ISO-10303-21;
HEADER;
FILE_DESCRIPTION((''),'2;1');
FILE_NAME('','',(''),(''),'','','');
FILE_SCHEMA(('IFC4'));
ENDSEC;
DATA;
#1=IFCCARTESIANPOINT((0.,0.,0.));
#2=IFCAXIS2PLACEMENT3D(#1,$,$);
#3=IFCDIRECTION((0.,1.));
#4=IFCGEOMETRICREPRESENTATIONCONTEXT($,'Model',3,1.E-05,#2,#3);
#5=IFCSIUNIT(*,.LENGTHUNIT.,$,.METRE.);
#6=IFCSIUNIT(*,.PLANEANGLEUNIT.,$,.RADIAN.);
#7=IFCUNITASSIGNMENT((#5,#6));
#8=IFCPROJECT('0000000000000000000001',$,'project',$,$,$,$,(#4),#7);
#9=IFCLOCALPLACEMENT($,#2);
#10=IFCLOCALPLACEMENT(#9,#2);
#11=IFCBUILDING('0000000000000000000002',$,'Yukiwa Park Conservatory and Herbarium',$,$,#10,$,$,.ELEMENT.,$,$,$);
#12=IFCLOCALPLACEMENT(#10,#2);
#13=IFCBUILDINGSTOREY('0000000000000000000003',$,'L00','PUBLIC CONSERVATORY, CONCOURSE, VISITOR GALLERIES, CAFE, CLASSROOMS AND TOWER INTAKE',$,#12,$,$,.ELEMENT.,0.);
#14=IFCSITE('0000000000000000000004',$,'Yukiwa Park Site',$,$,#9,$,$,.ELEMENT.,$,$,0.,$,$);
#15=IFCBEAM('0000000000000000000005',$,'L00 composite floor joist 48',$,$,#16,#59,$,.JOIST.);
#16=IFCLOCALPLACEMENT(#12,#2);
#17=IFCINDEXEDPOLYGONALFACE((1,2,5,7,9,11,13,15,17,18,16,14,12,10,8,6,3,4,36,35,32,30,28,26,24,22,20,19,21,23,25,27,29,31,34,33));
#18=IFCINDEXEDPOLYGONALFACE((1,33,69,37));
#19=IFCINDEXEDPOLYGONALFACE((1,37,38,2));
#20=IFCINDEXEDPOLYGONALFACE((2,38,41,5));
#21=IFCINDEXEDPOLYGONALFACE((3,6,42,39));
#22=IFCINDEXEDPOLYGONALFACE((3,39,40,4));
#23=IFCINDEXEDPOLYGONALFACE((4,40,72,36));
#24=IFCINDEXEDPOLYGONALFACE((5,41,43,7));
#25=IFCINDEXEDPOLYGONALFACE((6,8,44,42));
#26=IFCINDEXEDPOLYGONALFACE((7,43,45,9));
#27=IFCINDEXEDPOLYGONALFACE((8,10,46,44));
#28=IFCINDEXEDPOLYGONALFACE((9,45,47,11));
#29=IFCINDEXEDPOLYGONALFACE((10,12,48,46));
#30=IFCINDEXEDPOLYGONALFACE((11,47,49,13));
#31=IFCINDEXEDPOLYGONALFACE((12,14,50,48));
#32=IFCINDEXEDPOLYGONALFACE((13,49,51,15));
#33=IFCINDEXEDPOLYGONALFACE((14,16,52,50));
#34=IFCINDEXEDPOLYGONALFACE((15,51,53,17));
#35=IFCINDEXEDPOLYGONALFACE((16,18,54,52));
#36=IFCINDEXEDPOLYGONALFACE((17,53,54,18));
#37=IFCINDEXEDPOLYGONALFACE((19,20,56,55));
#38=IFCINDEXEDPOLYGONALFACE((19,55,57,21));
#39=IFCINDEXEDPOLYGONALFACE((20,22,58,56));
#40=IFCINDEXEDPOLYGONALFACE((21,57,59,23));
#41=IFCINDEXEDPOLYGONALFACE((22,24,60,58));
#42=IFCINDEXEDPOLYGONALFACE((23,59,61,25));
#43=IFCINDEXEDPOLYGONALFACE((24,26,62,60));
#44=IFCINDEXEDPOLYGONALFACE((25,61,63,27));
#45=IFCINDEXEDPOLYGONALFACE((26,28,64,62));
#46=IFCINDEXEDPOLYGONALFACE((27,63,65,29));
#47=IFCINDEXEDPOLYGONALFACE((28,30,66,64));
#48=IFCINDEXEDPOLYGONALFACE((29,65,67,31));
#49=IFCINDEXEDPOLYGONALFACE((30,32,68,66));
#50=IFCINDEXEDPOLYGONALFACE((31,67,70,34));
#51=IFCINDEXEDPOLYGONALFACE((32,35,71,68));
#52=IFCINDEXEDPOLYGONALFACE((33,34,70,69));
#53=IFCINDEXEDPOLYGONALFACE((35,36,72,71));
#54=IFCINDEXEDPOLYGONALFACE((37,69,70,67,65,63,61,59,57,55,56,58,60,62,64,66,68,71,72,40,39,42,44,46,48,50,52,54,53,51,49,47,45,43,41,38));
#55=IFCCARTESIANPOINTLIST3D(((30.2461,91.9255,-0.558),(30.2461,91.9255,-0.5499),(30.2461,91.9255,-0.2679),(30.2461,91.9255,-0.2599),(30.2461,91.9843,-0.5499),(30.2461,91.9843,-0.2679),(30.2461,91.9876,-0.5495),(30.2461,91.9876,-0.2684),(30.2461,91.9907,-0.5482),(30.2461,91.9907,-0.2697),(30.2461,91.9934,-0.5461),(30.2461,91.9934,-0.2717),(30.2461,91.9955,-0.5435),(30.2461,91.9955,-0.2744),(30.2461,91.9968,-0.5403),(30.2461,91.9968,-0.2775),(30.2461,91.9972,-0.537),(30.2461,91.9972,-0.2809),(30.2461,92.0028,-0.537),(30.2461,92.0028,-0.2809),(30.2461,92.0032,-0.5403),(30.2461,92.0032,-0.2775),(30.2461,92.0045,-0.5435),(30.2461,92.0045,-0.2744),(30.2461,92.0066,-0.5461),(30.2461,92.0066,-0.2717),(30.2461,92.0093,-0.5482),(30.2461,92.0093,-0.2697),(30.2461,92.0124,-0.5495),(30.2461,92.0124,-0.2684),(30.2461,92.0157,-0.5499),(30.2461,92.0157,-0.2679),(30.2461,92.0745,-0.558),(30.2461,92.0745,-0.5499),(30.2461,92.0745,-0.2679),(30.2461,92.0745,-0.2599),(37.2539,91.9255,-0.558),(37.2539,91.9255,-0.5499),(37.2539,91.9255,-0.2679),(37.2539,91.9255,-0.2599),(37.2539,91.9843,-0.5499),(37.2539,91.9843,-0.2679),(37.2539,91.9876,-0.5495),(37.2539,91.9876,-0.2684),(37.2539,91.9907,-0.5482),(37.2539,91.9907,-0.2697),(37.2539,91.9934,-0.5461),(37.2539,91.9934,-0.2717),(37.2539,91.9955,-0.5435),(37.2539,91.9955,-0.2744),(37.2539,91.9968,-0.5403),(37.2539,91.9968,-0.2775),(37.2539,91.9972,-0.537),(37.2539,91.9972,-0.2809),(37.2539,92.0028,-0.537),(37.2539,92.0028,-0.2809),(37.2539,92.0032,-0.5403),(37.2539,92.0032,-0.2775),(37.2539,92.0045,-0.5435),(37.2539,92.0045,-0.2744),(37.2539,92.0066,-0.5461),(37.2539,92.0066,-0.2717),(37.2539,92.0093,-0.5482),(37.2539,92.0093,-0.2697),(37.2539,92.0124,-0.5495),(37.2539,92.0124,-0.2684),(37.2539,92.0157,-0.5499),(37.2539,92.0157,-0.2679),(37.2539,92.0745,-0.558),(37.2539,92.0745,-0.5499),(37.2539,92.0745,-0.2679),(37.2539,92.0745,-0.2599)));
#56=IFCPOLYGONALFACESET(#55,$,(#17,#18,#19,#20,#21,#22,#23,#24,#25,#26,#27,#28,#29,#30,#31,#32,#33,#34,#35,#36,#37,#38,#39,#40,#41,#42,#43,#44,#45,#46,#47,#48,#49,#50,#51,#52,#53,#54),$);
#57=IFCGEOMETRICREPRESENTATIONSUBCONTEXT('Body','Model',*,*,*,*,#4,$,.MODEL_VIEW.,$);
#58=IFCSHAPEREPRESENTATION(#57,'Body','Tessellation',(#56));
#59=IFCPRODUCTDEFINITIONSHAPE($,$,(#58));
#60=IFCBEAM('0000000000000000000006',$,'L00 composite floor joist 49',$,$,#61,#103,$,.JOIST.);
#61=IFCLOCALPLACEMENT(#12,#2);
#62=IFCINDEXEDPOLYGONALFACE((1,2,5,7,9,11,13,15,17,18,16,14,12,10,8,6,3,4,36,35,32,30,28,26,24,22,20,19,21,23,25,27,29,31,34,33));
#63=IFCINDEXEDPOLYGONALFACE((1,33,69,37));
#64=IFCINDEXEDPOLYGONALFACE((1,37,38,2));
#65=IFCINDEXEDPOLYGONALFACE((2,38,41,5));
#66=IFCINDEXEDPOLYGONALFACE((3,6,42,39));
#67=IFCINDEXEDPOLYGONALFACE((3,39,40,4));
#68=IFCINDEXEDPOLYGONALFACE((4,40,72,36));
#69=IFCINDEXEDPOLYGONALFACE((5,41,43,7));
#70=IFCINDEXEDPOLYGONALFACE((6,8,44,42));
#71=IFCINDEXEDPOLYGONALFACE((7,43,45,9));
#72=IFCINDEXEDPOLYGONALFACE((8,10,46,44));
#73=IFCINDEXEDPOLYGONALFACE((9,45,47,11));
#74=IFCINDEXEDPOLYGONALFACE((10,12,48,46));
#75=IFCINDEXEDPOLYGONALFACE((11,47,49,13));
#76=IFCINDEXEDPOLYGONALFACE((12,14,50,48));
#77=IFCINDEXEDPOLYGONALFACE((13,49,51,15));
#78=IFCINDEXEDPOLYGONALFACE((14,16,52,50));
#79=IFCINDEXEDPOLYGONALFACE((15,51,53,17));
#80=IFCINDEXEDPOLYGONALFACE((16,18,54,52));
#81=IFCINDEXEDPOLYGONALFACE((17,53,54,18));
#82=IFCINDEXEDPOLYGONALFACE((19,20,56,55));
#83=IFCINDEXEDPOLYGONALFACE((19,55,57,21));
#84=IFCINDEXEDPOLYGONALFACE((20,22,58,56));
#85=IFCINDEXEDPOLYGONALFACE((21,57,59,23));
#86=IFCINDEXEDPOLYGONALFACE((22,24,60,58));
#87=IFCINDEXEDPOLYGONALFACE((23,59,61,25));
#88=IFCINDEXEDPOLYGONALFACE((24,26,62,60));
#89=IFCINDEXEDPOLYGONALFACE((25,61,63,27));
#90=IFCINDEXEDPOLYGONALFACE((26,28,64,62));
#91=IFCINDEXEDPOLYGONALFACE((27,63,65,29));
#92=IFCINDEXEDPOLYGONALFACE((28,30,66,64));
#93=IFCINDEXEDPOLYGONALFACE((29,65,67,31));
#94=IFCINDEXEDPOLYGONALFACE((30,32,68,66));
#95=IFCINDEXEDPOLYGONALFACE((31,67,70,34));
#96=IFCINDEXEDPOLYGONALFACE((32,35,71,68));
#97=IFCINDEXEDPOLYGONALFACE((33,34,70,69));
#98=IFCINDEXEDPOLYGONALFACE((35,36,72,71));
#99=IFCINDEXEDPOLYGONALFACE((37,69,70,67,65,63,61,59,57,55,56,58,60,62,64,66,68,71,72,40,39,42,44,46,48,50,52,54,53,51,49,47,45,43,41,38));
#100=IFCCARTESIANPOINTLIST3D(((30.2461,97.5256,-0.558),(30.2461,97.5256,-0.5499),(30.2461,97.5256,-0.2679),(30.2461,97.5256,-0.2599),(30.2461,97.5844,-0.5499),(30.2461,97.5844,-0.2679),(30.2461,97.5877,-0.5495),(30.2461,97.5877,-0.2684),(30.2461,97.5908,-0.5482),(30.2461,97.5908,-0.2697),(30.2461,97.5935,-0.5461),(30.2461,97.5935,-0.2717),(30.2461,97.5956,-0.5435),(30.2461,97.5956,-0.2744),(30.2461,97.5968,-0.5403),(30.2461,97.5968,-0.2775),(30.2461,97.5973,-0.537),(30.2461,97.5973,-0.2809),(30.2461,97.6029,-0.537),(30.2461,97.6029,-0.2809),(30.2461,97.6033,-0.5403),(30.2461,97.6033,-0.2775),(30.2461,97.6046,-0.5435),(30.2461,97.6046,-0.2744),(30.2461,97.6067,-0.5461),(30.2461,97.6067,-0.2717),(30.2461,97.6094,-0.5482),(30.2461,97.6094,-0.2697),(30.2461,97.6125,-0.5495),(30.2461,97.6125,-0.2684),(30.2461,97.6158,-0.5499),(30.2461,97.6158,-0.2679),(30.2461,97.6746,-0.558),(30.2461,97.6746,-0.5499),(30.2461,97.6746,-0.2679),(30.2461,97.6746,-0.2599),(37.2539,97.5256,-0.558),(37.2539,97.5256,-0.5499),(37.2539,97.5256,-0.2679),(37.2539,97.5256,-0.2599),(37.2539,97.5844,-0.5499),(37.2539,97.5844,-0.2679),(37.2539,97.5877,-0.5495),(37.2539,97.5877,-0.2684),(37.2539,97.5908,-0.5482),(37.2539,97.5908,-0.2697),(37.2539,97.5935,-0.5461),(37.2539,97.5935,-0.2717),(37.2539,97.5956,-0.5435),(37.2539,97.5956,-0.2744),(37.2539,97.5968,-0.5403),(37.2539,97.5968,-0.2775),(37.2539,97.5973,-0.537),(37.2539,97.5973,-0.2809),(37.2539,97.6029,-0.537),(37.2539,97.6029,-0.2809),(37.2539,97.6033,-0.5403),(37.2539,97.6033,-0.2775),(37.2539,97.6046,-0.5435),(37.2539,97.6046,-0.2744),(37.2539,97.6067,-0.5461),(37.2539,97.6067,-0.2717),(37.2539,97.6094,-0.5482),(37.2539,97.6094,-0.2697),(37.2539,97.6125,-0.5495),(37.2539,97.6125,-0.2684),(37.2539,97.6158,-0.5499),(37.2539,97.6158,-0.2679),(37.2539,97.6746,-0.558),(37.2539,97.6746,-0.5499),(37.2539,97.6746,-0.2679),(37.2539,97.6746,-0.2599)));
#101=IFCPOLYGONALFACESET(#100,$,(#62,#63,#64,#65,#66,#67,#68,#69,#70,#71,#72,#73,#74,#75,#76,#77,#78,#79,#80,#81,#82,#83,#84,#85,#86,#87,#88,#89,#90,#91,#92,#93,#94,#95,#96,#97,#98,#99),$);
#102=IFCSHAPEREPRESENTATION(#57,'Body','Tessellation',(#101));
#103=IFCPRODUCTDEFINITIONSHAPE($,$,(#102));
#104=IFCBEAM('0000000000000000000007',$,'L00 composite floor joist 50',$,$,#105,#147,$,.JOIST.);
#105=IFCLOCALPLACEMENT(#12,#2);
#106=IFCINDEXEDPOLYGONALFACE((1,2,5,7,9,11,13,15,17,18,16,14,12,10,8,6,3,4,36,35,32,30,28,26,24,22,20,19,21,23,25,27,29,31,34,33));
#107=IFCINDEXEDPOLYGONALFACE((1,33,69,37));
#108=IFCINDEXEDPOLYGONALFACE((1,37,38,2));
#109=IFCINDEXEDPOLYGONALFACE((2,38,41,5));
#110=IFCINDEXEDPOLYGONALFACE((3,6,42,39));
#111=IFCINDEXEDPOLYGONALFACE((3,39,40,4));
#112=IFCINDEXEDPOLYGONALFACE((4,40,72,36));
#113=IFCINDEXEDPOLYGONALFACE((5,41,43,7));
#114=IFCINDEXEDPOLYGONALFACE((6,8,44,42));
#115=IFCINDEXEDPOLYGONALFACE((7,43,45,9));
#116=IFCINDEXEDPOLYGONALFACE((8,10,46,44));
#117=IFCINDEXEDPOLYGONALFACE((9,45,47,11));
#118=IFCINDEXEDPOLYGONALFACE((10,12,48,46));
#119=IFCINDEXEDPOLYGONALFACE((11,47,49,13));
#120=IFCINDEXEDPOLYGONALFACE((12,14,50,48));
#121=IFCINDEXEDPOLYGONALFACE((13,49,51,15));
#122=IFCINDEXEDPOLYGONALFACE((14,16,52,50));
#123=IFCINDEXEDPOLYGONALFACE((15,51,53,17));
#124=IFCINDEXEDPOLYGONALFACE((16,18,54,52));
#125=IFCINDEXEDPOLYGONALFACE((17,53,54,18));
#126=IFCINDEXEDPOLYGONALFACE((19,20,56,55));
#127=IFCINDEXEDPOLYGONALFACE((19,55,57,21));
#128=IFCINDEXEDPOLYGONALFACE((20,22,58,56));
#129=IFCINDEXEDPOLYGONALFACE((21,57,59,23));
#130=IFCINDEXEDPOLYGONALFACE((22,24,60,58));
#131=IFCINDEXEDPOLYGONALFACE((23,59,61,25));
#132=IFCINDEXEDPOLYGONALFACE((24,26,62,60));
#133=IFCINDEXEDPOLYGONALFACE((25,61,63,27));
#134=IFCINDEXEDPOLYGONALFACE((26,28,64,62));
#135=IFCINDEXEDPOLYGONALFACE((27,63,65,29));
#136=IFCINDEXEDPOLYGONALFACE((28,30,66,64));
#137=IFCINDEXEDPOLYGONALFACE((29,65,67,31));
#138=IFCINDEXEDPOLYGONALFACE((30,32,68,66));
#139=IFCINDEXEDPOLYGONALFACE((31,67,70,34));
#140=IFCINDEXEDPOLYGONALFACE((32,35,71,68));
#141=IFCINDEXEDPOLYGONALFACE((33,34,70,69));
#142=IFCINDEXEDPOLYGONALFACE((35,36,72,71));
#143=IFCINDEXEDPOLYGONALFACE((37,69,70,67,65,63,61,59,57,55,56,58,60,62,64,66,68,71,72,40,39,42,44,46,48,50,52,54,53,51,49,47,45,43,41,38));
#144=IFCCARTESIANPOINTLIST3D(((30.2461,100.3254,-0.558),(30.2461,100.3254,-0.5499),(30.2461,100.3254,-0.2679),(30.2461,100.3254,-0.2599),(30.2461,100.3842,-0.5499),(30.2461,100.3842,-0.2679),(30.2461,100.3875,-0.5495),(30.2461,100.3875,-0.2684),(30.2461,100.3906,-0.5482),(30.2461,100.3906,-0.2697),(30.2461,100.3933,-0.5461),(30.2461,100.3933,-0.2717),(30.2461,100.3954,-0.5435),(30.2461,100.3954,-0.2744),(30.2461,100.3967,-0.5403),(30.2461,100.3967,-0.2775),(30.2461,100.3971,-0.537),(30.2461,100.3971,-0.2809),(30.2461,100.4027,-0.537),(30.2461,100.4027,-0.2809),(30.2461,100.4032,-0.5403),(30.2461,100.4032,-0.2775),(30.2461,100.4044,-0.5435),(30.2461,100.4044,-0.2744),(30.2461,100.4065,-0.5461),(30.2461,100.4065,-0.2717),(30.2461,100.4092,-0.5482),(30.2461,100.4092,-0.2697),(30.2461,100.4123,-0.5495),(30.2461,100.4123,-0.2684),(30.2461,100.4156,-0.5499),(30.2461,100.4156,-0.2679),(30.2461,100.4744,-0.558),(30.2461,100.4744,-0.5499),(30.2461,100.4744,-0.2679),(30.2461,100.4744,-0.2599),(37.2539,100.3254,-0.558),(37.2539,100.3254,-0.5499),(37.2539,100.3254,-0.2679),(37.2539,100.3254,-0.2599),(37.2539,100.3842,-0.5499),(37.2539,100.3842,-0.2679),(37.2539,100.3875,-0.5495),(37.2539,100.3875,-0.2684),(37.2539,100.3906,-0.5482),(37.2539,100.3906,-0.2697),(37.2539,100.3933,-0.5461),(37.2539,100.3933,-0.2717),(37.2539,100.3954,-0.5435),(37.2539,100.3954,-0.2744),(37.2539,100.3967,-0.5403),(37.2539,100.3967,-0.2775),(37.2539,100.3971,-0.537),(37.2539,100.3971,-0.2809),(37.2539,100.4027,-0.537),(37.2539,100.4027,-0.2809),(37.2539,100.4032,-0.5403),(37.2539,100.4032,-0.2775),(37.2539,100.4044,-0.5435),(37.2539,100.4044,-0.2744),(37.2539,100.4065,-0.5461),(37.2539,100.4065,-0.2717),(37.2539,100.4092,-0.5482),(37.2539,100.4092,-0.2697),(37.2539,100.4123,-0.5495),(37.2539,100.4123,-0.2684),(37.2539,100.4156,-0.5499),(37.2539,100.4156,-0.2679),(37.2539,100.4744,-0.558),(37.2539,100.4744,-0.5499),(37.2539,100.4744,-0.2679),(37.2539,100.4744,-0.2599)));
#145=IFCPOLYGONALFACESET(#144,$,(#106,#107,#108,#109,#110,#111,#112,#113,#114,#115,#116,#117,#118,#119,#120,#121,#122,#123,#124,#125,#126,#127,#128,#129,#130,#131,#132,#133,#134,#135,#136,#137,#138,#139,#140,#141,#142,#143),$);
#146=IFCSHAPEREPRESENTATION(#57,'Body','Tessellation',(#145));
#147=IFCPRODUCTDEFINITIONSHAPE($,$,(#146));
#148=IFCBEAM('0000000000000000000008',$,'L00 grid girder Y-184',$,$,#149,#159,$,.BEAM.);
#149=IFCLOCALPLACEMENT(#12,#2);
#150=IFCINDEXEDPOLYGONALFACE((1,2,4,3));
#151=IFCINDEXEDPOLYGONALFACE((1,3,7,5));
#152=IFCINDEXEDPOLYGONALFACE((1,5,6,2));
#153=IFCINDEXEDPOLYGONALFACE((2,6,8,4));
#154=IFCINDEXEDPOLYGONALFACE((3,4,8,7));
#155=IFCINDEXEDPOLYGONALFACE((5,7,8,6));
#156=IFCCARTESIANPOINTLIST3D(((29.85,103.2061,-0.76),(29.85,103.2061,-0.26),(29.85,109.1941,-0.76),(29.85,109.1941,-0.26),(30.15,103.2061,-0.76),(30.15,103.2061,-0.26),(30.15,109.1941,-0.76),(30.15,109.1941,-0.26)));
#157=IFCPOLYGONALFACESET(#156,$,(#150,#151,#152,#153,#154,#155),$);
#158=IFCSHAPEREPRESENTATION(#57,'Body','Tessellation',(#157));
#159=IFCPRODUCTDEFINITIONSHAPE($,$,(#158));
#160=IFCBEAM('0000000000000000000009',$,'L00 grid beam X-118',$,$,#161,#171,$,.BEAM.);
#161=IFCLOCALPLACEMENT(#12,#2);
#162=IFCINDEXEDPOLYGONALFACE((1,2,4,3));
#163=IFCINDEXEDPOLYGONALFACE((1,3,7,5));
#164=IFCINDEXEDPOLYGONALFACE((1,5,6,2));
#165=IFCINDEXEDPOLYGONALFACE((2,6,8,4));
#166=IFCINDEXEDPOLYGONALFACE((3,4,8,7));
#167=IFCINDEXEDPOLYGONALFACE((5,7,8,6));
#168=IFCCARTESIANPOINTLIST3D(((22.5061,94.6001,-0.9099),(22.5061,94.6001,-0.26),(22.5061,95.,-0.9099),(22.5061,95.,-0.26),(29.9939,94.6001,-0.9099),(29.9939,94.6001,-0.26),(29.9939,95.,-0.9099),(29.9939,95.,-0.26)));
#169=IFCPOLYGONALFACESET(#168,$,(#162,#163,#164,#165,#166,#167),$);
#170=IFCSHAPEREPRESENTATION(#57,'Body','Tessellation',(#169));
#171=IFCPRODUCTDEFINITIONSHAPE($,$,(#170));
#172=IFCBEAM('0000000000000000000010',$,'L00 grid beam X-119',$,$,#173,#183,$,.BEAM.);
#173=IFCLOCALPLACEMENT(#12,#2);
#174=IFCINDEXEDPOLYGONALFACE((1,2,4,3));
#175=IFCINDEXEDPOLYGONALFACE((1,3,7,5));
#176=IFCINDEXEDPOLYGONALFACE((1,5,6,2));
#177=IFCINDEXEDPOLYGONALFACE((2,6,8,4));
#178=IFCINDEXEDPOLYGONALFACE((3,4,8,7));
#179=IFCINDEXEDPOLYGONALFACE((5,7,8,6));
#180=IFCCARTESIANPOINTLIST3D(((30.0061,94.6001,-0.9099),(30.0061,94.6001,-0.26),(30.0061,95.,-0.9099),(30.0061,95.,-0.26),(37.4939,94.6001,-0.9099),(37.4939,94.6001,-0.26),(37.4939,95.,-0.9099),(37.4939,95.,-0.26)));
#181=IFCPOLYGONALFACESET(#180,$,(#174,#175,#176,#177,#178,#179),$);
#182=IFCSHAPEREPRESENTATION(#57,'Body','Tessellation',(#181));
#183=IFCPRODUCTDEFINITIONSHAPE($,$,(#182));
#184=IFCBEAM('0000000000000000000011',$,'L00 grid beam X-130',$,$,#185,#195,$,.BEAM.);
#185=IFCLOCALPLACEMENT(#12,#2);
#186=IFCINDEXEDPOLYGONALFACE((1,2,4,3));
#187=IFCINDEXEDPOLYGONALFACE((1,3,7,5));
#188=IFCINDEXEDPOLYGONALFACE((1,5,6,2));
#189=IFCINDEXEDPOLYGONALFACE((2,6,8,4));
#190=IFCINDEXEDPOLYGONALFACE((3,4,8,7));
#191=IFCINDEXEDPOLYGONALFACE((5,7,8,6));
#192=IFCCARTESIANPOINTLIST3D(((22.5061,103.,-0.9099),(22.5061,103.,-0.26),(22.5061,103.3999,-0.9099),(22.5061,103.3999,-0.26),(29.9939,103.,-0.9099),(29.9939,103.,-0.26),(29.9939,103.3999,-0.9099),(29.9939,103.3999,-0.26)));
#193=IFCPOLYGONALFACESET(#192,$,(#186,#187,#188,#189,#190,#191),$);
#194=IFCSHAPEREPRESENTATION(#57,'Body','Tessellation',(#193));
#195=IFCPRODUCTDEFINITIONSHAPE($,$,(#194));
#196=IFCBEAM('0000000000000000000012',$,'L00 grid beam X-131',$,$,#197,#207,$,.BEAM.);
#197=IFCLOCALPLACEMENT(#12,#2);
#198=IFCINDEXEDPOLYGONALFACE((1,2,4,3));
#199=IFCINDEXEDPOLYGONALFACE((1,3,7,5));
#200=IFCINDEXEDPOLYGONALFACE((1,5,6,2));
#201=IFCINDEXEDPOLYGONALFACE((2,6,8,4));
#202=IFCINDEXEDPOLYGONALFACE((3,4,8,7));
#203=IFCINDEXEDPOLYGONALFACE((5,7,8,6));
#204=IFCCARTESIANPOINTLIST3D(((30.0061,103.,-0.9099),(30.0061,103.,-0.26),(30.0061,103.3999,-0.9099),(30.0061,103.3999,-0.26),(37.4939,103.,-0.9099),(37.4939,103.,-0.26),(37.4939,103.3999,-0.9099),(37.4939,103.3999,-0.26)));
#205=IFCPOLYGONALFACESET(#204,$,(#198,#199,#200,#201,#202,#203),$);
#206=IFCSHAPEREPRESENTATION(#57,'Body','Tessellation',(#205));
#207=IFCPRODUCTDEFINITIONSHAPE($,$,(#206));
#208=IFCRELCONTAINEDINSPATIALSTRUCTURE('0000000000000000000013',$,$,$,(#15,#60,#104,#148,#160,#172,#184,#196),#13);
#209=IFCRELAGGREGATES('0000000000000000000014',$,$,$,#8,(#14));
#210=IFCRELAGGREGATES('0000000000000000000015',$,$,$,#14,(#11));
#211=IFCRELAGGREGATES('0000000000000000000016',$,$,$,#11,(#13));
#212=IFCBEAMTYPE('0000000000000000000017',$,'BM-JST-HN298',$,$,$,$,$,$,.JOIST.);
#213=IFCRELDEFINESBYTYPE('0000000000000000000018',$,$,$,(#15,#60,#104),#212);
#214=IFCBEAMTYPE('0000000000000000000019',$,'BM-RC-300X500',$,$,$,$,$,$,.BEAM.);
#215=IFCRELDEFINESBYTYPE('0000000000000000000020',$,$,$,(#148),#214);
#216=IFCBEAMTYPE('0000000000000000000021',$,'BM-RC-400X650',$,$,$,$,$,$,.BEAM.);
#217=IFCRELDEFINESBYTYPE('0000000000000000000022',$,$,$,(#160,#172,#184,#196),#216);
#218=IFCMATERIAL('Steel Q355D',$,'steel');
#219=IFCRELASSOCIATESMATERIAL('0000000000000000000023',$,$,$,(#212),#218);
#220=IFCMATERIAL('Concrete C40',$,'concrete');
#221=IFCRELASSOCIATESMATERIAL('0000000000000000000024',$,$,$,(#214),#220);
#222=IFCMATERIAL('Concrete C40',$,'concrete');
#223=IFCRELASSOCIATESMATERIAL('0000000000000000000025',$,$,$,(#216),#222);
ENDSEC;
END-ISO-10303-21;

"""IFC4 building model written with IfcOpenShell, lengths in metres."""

from ifc_helpers import new_model, si_unit, direction, frame, origin, origin_2d, place, context, subcontext, project, spatial, rectangle, i_section, extrude, material, material_profile, profile_set, type_object, element, save


model = new_model("IFC4")

# Units and contexts
model_context = context("Model", 3, precision=1e-05, world=origin(), true_north=direction((0.0, 1.0)))
body_context = subcontext(model_context, "Body", "Model", "MODEL_VIEW")
ifc_project = project(units=[si_unit("LENGTHUNIT", "METRE"), si_unit("PLANEANGLEUNIT", "RADIAN")], contexts=[model_context])

# Site, building, storey
site_placement = place(None, origin())
site = spatial("IfcSite", under=ifc_project, at=site_placement, Name="Yukiwa Park Site", CompositionType="ELEMENT", RefElevation=0.0)
building_placement = place(site_placement, origin())
building = spatial("IfcBuilding", under=site, at=building_placement, Name="Yukiwa Park Conservatory and Herbarium", CompositionType="ELEMENT")
storey_placement = place(building_placement, origin())
storey = spatial("IfcBuildingStorey", under=building, at=storey_placement, Name="L00", Description="PUBLIC CONSERVATORY, CONCOURSE, VISITOR GALLERIES, CAFE, CLASSROOMS AND TOWER INTAKE", CompositionType="ELEMENT", Elevation=0.0)

# Beams
ifc_material_1 = material(Name="Steel Q355D", Category="steel")
ifc_material_profile_1 = material_profile(ifc_material_1, i_section(OverallWidth=0.1489, OverallDepth=0.2981, WebThickness=0.0056, FlangeThickness=0.0081, FilletRadius=0.0129, at=origin_2d()), Name="HN 298x149x5.5x8")
ifc_profile_set_1 = profile_set([ifc_material_profile_1], Name="Steel Q355D")
beam_type_1 = type_object("IfcBeamType", Name="BM-JST-HN298", PredefinedType="JOIST", material=ifc_profile_set_1)
for number, where, z_axis, x_axis, name in (
    (1, (30.2461, 92.0, -0.4089), (1.0, 0.0, 0.0), (0.0, 1.0, 0.0), "L00 composite floor joist 48"),
    (2, (30.2461, 97.6001, -0.4089), (1.0, 0.0, 0.0), (0.0, 1.0, 0.0), "L00 composite floor joist 49"),
    (3, (30.2461, 100.3999, -0.4089), (1.0, 0.0, 0.0), (0.0, 1.0, 0.0), "L00 composite floor joist 50"),
):
    element("IfcBeam", number, at=place(storey_placement, frame(where, z_axis=z_axis, x_axis=x_axis)), inside=storey, type_object=beam_type_1, Name=name, PredefinedType="JOIST", context=body_context, shape_type="SweptSolid", body=[
        extrude(i_section(OverallWidth=0.1489, OverallDepth=0.2981, WebThickness=0.0056, FlangeThickness=0.0081, FilletRadius=0.0129, at=origin_2d()), origin(), (0.0, 0.0, 1.0), 7.0078),
    ])
ifc_material_2 = material(Name="Concrete C40", Category="concrete")
ifc_material_profile_2 = material_profile(ifc_material_2, rectangle(XDim=0.3, YDim=0.5, at=origin_2d()), Name="RC 300x500")
ifc_profile_set_2 = profile_set([ifc_material_profile_2], Name="Concrete C40")
beam_type_2 = type_object("IfcBeamType", Name="BM-RC-300X500", PredefinedType="BEAM", material=ifc_profile_set_2)
beam_placement = place(storey_placement, frame((30.0, 103.2061, -0.51), z_axis=(0.0, 1.0, 0.0), x_axis=(-1.0, 0.0, 0.0)))
element("IfcBeam", 4, at=beam_placement, inside=storey, type_object=beam_type_2, Name="L00 grid girder Y-184", PredefinedType="BEAM", context=body_context, shape_type="SweptSolid", body=[
    extrude(rectangle(XDim=0.3, YDim=0.5, at=origin_2d()), origin(), (0.0, 0.0, 1.0), 5.988),
])
ifc_material_3 = material(Name="Concrete C40", Category="concrete")
ifc_material_profile_3 = material_profile(ifc_material_3, rectangle(XDim=0.3999, YDim=0.6499, at=origin_2d()), Name="RC 400x650")
ifc_profile_set_3 = profile_set([ifc_material_profile_3], Name="Concrete C40")
beam_type_3 = type_object("IfcBeamType", Name="BM-RC-400X650", PredefinedType="BEAM", material=ifc_profile_set_3)
for number, where, z_axis, x_axis, name in (
    (5, (22.5061, 94.8, -0.585), (1.0, 0.0, 0.0), (0.0, 1.0, 0.0), "L00 grid beam X-118"),
    (6, (30.0061, 94.8, -0.585), (1.0, 0.0, 0.0), (0.0, 1.0, 0.0), "L00 grid beam X-119"),
    (7, (22.5061, 103.2, -0.585), (1.0, 0.0, 0.0), (0.0, 1.0, 0.0), "L00 grid beam X-130"),
    (8, (30.0061, 103.2, -0.585), (1.0, 0.0, 0.0), (0.0, 1.0, 0.0), "L00 grid beam X-131"),
):
    element("IfcBeam", number, at=place(storey_placement, frame(where, z_axis=z_axis, x_axis=x_axis)), inside=storey, type_object=beam_type_3, Name=name, PredefinedType="BEAM", context=body_context, shape_type="SweptSolid", body=[
        extrude(rectangle(XDim=0.3999, YDim=0.6499, at=origin_2d()), origin(), (0.0, 0.0, 1.0), 7.4878),
    ])

save(model, "model.ifc")
